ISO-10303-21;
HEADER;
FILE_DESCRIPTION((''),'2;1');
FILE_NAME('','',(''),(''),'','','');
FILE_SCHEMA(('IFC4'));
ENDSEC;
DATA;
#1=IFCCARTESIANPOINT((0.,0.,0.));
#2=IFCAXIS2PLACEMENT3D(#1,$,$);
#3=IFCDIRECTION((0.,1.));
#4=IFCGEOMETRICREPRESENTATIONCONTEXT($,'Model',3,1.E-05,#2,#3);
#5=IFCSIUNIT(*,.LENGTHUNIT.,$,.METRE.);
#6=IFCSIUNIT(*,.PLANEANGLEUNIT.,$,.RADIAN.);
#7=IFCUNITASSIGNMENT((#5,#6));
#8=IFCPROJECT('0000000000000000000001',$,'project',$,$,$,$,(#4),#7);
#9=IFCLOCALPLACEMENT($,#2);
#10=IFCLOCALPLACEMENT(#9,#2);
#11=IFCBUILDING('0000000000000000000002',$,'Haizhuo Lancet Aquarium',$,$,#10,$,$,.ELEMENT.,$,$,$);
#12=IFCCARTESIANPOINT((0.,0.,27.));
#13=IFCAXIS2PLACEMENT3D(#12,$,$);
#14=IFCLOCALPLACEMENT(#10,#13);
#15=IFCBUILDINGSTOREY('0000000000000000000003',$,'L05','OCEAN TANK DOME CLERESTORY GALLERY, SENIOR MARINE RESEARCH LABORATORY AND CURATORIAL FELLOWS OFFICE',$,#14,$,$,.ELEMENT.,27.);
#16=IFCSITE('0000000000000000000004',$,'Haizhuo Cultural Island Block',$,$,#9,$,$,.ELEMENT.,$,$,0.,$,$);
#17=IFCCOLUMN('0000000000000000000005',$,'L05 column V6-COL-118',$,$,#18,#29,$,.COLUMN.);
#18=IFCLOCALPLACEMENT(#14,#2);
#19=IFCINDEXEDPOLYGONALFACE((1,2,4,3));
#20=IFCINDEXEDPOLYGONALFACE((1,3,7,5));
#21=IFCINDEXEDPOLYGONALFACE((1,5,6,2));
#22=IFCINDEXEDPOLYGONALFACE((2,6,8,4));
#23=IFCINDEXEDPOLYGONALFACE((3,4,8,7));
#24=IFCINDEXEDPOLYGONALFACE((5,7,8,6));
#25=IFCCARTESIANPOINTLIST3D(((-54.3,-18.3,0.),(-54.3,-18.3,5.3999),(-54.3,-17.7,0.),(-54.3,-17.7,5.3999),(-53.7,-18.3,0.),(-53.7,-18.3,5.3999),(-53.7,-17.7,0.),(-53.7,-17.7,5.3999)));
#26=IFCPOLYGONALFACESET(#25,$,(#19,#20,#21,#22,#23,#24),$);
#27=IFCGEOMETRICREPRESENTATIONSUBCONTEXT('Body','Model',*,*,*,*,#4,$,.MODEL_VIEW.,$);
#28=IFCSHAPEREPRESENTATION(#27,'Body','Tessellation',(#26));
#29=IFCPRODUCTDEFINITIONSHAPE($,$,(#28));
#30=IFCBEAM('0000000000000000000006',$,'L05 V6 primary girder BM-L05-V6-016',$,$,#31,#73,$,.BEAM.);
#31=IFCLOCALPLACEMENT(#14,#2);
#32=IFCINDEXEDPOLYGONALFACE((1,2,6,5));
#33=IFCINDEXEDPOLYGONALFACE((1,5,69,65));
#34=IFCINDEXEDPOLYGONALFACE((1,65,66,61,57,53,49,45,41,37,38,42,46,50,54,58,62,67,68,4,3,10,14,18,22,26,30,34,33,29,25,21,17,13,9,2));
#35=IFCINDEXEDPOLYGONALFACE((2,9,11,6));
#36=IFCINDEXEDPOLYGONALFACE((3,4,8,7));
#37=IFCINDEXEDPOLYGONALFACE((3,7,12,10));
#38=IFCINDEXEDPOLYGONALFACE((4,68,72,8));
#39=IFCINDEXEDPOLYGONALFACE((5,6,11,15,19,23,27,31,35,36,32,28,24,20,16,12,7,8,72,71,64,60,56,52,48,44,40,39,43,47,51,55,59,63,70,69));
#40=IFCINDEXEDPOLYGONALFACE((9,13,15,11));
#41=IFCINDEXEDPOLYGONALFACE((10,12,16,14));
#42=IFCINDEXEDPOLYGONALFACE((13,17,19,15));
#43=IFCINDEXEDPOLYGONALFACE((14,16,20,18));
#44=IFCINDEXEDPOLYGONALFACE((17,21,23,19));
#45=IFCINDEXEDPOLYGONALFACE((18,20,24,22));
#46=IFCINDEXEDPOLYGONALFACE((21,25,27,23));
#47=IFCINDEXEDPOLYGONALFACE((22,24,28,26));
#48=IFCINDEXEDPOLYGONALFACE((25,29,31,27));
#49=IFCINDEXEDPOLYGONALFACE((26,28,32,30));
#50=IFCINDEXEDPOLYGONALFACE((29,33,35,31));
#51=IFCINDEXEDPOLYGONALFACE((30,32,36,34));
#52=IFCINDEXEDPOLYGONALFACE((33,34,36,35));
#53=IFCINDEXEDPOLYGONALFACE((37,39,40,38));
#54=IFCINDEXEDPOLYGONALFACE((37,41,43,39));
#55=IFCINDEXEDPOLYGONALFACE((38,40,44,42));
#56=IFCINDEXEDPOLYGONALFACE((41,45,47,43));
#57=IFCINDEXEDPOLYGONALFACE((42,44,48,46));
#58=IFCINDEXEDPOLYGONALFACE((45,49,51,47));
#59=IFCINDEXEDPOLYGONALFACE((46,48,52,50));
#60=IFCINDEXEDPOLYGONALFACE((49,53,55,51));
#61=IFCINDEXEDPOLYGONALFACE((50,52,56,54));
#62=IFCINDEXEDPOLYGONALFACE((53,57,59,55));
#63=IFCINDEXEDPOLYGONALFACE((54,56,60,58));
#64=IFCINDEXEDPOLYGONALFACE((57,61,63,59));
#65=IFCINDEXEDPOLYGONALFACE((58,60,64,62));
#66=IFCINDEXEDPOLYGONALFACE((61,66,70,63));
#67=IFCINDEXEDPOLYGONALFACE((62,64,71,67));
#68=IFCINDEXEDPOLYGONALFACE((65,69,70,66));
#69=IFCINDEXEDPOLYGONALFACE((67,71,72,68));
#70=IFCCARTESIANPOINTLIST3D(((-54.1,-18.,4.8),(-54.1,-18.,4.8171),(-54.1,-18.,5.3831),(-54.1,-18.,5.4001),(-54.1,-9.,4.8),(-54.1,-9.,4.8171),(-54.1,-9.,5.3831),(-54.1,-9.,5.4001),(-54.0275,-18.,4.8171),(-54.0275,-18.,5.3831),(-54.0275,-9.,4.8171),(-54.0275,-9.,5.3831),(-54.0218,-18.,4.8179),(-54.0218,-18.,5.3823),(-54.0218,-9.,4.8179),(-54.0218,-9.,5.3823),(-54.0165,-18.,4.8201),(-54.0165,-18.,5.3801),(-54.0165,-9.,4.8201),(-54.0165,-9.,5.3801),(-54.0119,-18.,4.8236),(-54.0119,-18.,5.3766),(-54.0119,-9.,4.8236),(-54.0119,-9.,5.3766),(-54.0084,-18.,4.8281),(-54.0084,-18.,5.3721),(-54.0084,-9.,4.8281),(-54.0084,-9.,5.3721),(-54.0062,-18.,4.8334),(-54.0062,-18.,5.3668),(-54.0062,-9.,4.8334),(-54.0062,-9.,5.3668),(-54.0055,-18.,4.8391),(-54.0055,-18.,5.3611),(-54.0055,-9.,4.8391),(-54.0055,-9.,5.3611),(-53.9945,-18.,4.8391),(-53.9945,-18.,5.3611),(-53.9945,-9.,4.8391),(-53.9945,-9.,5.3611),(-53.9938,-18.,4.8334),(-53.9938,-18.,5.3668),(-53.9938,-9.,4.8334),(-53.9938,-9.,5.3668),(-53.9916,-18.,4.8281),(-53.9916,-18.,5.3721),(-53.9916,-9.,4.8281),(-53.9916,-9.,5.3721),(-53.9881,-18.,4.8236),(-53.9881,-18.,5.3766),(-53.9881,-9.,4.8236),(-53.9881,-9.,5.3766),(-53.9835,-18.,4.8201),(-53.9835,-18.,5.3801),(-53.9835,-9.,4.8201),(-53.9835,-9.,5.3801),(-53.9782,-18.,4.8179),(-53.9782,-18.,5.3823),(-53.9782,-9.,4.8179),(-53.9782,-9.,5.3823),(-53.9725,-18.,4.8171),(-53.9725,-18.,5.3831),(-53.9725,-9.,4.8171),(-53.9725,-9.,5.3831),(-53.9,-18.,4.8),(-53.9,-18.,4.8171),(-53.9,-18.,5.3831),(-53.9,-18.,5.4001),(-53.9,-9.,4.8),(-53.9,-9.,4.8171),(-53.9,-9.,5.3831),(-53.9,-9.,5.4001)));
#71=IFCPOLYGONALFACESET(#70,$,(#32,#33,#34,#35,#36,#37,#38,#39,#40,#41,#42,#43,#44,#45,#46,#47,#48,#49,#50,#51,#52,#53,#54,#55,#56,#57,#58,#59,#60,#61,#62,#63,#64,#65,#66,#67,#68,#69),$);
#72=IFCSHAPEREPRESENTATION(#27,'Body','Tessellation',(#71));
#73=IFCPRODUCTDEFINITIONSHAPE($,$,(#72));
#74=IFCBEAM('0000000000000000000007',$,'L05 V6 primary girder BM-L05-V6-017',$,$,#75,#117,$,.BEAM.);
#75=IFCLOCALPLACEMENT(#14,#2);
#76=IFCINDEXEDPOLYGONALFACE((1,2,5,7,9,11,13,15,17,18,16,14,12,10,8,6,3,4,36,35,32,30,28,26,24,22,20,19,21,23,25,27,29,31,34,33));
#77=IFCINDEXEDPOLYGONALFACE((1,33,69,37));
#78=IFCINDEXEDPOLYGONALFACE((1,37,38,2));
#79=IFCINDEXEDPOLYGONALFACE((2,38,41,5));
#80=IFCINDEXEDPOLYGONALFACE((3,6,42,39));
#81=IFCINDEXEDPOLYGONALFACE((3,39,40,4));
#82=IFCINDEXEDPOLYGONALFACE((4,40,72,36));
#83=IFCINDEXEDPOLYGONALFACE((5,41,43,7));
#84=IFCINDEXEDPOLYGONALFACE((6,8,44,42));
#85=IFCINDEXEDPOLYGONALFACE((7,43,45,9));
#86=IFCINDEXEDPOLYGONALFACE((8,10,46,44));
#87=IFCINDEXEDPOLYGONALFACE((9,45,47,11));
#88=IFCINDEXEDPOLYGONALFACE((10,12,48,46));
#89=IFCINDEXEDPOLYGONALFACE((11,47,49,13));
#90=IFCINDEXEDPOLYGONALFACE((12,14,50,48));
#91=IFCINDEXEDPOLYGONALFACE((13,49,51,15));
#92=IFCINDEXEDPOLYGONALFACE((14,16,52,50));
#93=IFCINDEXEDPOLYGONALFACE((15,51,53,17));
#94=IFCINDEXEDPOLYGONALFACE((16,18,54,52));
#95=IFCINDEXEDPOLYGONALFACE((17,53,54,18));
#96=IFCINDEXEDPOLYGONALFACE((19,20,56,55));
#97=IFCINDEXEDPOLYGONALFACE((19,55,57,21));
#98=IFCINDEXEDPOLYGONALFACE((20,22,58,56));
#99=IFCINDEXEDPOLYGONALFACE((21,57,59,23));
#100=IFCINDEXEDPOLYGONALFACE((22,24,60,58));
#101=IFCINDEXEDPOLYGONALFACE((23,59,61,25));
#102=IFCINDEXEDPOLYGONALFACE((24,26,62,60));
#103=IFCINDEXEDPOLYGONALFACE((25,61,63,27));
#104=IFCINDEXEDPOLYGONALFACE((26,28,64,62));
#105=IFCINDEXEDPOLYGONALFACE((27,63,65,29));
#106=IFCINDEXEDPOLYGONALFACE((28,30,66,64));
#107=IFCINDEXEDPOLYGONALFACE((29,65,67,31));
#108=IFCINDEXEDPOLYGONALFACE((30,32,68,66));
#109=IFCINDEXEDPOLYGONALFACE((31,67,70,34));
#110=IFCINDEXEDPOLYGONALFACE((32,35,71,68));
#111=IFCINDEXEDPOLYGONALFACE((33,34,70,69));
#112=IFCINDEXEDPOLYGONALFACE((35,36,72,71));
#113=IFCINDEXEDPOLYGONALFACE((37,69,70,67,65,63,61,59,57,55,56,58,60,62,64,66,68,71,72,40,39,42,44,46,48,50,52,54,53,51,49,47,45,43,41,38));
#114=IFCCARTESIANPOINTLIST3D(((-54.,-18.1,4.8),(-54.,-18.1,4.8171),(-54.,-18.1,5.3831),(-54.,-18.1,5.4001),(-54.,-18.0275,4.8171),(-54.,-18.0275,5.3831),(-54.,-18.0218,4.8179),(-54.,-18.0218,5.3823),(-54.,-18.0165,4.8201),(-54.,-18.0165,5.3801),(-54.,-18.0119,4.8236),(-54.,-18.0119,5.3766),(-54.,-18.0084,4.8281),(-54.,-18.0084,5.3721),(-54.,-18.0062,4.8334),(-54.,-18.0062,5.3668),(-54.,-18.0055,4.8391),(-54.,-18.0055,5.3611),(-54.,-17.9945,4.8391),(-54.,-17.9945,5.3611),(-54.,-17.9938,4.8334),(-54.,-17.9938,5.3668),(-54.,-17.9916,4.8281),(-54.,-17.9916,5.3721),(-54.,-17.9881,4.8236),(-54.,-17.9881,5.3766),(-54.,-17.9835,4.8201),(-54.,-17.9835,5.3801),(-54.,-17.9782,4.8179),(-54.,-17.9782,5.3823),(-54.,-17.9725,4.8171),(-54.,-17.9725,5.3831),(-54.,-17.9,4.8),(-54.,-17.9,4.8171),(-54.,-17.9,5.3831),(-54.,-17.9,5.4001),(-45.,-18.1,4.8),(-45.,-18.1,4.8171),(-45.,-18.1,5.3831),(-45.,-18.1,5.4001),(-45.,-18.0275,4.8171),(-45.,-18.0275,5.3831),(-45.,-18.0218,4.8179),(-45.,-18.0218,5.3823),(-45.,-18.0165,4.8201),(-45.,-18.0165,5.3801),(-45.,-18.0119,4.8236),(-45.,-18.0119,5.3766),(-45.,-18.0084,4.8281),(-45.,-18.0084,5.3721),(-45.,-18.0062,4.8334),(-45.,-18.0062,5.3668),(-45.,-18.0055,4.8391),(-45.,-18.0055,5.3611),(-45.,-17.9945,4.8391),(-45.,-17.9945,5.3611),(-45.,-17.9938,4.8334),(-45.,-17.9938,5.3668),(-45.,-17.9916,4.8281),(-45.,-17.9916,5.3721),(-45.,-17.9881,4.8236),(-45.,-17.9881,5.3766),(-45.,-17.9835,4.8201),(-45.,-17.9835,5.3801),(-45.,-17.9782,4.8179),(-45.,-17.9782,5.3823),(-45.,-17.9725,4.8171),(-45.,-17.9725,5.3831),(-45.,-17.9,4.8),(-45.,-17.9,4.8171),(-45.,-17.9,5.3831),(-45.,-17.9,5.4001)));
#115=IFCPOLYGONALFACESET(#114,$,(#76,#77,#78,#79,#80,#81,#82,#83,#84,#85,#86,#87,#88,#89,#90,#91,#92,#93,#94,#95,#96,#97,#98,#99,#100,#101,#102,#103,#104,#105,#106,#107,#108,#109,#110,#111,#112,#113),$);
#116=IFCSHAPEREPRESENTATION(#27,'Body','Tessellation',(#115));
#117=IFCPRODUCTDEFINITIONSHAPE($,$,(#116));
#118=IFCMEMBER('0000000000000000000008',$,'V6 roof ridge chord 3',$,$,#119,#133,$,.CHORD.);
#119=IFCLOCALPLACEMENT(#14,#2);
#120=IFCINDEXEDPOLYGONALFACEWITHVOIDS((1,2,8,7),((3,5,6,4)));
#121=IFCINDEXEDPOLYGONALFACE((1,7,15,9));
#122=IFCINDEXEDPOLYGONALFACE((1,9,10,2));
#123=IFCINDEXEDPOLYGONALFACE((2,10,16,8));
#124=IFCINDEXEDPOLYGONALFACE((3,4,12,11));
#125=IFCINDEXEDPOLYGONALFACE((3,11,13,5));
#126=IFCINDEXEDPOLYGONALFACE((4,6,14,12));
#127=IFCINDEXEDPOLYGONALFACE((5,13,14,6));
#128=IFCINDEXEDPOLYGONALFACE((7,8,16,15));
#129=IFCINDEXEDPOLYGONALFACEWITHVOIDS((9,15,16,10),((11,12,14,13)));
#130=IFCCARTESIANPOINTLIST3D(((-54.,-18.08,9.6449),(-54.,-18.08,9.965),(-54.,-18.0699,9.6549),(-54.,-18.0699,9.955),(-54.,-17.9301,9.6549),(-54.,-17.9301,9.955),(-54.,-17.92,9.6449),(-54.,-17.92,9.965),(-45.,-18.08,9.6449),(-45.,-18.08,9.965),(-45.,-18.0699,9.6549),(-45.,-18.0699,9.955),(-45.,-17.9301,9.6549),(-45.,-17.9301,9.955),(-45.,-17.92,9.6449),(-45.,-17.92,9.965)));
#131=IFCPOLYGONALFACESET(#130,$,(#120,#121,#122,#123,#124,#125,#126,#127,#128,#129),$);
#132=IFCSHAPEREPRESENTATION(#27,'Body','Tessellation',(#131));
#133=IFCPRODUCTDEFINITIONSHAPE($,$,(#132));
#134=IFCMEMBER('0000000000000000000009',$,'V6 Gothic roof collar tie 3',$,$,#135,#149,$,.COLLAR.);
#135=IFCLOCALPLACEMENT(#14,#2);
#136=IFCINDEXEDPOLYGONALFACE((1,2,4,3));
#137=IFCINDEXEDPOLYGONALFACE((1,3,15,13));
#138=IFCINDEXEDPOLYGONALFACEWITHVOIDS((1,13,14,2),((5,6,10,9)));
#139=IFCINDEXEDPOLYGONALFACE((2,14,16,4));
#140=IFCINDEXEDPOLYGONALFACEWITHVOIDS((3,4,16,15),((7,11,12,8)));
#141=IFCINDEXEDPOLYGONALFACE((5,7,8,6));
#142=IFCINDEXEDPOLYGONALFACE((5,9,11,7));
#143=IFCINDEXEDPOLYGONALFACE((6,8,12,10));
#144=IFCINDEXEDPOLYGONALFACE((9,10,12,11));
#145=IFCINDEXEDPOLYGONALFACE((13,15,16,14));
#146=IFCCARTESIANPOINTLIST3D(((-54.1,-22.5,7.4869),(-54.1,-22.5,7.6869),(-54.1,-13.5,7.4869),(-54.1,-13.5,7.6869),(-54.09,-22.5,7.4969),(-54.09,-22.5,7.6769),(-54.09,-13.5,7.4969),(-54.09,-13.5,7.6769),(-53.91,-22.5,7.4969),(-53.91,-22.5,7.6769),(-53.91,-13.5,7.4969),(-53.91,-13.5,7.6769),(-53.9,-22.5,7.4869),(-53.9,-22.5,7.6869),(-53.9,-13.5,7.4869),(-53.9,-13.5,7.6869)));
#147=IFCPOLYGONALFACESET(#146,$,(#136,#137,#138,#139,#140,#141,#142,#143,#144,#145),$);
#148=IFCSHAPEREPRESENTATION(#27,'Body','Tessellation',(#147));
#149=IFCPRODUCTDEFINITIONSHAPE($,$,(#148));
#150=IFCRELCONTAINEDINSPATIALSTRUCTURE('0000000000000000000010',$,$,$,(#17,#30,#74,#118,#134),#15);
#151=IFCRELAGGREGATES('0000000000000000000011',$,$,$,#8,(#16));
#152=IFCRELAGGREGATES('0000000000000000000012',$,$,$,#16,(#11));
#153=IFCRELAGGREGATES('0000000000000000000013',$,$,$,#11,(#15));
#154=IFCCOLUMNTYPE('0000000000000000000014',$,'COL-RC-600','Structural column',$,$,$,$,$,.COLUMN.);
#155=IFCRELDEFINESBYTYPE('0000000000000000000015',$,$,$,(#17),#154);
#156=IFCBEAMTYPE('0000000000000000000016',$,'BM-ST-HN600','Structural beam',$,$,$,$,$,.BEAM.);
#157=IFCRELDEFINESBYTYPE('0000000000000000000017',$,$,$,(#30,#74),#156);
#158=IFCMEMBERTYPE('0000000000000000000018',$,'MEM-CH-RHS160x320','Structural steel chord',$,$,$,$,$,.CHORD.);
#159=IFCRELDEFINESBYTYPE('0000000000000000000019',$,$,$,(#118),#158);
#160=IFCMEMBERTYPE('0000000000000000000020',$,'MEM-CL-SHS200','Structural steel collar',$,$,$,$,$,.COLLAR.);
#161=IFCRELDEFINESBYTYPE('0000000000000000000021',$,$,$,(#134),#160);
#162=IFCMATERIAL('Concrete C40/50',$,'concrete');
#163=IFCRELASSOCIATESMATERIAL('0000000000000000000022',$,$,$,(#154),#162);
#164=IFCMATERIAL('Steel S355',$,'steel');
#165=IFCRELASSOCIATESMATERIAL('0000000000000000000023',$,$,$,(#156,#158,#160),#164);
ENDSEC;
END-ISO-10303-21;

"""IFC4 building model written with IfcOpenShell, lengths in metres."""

from ifc_helpers import new_model, si_unit, direction, frame, origin, origin_2d, place, context, subcontext, project, spatial, rectangle, hollow_rectangle, i_section, extrude, material, material_profile, profile_set, type_object, element, save


model = new_model("IFC4")

# Units and contexts
model_context = context("Model", 3, precision=1e-05, world=origin(), true_north=direction((0.0, 1.0)))
body_context = subcontext(model_context, "Body", "Model", "MODEL_VIEW")
ifc_project = project(units=[si_unit("LENGTHUNIT", "METRE"), si_unit("PLANEANGLEUNIT", "RADIAN")], contexts=[model_context])

# Site, building, storey
site_placement = place(None, origin())
site = spatial("IfcSite", under=ifc_project, at=site_placement, Name="Haizhuo Cultural Island Block", CompositionType="ELEMENT", RefElevation=0.0)
building_placement = place(site_placement, origin())
building = spatial("IfcBuilding", under=site, at=building_placement, Name="Haizhuo Lancet Aquarium", CompositionType="ELEMENT")
storey_placement = place(building_placement, frame((0.0, 0.0, 27.0)))
storey = spatial("IfcBuildingStorey", under=building, at=storey_placement, Name="L05", Description="OCEAN TANK DOME CLERESTORY GALLERY, SENIOR MARINE RESEARCH LABORATORY AND CURATORIAL FELLOWS OFFICE", CompositionType="ELEMENT", Elevation=27.0)

# Column
ifc_material_1 = material(Name="Concrete C40/50", Category="concrete")
ifc_material_profile_1 = material_profile(ifc_material_1, rectangle(XDim=0.6001, YDim=0.6001, at=origin_2d()), Name="RC-COL 600x600")
ifc_profile_set_1 = profile_set([ifc_material_profile_1], Name="Concrete C40/50")
column_type = type_object("IfcColumnType", Name="COL-RC-600", Description="Structural column", PredefinedType="COLUMN", material=ifc_profile_set_1)
column_placement = place(storey_placement, frame((-54.0, -18.0, 0.0), z_axis=(0.0, 0.0, 1.0), x_axis=(1.0, 0.0, 0.0)))
element("IfcColumn", 1, at=column_placement, inside=storey, type_object=column_type, Name="L05 column V6-COL-118", PredefinedType="COLUMN", context=body_context, shape_type="SweptSolid", body=[
    extrude(rectangle(XDim=0.6001, YDim=0.6001, at=origin_2d()), origin(), (0.0, 0.0, 1.0), 5.3999),
])

# Beams
ifc_material_2 = material(Name="Steel S355", Category="steel")
ifc_material_profile_2 = material_profile(ifc_material_2, i_section(OverallWidth=0.2, OverallDepth=0.6001, WebThickness=0.011, FlangeThickness=0.0171, FilletRadius=0.022, at=origin_2d()), Name="HN 600x200x11x17")
ifc_profile_set_2 = profile_set([ifc_material_profile_2], Name="Steel S355")
beam_type = type_object("IfcBeamType", Name="BM-ST-HN600", Description="Structural beam", PredefinedType="BEAM", material=ifc_profile_set_2)
for number, where, z_axis, x_axis, name in (
    (2, (-54.0, -18.0, 5.1001), (0.0, 1.0, 0.0), (-1.0, 0.0, 0.0), "L05 V6 primary girder BM-L05-V6-016"),
    (3, (-54.0, -18.0, 5.1001), (1.0, 0.0, 0.0), (0.0, 1.0, 0.0), "L05 V6 primary girder BM-L05-V6-017"),
):
    element("IfcBeam", number, at=place(storey_placement, frame(where, z_axis=z_axis, x_axis=x_axis)), inside=storey, type_object=beam_type, Name=name, PredefinedType="BEAM", context=body_context, shape_type="SweptSolid", body=[
        extrude(i_section(OverallWidth=0.2, OverallDepth=0.6001, WebThickness=0.011, FlangeThickness=0.0171, FilletRadius=0.022, at=origin_2d()), origin(), (0.0, 0.0, 1.0), 9.0),
    ])

# Members
ifc_material_profile_3 = material_profile(ifc_material_2, hollow_rectangle(XDim=0.1599, YDim=0.3201, WallThickness=0.01, at=origin_2d()), Name="RHS 160x320x10")
ifc_profile_set_3 = profile_set([ifc_material_profile_3], Name="Steel S355")
member_type_1 = type_object("IfcMemberType", Name="MEM-CH-RHS160x320", Description="Structural steel chord", PredefinedType="CHORD", material=ifc_profile_set_3)
member_1_placement = place(storey_placement, frame((-54.0, -18.0, 9.8049), z_axis=(1.0, 0.0, 0.0), x_axis=(0.0, 1.0, 0.0)))
element("IfcMember", 4, at=member_1_placement, inside=storey, type_object=member_type_1, Name="V6 roof ridge chord 3", PredefinedType="CHORD", context=body_context, shape_type="SweptSolid", body=[
    extrude(hollow_rectangle(XDim=0.1599, YDim=0.3201, WallThickness=0.01, at=origin_2d()), origin(), (0.0, 0.0, 1.0), 9.0),
])
ifc_material_profile_4 = material_profile(ifc_material_2, hollow_rectangle(XDim=0.2, YDim=0.2, WallThickness=0.01, at=origin_2d()), Name="SHS 200x200x10")
ifc_profile_set_4 = profile_set([ifc_material_profile_4], Name="Steel S355")
member_type_2 = type_object("IfcMemberType", Name="MEM-CL-SHS200", Description="Structural steel collar", PredefinedType="COLLAR", material=ifc_profile_set_4)
member_2_placement = place(storey_placement, frame((-54.0, -22.5, 7.5869), z_axis=(0.0, 1.0, 0.0), x_axis=(-1.0, 0.0, 0.0)))
element("IfcMember", 5, at=member_2_placement, inside=storey, type_object=member_type_2, Name="V6 Gothic roof collar tie 3", PredefinedType="COLLAR", context=body_context, shape_type="SweptSolid", body=[
    extrude(hollow_rectangle(XDim=0.2, YDim=0.2, WallThickness=0.01, at=origin_2d()), origin(), (0.0, 0.0, 1.0), 9.0),
])

save(model, "model.ifc")
